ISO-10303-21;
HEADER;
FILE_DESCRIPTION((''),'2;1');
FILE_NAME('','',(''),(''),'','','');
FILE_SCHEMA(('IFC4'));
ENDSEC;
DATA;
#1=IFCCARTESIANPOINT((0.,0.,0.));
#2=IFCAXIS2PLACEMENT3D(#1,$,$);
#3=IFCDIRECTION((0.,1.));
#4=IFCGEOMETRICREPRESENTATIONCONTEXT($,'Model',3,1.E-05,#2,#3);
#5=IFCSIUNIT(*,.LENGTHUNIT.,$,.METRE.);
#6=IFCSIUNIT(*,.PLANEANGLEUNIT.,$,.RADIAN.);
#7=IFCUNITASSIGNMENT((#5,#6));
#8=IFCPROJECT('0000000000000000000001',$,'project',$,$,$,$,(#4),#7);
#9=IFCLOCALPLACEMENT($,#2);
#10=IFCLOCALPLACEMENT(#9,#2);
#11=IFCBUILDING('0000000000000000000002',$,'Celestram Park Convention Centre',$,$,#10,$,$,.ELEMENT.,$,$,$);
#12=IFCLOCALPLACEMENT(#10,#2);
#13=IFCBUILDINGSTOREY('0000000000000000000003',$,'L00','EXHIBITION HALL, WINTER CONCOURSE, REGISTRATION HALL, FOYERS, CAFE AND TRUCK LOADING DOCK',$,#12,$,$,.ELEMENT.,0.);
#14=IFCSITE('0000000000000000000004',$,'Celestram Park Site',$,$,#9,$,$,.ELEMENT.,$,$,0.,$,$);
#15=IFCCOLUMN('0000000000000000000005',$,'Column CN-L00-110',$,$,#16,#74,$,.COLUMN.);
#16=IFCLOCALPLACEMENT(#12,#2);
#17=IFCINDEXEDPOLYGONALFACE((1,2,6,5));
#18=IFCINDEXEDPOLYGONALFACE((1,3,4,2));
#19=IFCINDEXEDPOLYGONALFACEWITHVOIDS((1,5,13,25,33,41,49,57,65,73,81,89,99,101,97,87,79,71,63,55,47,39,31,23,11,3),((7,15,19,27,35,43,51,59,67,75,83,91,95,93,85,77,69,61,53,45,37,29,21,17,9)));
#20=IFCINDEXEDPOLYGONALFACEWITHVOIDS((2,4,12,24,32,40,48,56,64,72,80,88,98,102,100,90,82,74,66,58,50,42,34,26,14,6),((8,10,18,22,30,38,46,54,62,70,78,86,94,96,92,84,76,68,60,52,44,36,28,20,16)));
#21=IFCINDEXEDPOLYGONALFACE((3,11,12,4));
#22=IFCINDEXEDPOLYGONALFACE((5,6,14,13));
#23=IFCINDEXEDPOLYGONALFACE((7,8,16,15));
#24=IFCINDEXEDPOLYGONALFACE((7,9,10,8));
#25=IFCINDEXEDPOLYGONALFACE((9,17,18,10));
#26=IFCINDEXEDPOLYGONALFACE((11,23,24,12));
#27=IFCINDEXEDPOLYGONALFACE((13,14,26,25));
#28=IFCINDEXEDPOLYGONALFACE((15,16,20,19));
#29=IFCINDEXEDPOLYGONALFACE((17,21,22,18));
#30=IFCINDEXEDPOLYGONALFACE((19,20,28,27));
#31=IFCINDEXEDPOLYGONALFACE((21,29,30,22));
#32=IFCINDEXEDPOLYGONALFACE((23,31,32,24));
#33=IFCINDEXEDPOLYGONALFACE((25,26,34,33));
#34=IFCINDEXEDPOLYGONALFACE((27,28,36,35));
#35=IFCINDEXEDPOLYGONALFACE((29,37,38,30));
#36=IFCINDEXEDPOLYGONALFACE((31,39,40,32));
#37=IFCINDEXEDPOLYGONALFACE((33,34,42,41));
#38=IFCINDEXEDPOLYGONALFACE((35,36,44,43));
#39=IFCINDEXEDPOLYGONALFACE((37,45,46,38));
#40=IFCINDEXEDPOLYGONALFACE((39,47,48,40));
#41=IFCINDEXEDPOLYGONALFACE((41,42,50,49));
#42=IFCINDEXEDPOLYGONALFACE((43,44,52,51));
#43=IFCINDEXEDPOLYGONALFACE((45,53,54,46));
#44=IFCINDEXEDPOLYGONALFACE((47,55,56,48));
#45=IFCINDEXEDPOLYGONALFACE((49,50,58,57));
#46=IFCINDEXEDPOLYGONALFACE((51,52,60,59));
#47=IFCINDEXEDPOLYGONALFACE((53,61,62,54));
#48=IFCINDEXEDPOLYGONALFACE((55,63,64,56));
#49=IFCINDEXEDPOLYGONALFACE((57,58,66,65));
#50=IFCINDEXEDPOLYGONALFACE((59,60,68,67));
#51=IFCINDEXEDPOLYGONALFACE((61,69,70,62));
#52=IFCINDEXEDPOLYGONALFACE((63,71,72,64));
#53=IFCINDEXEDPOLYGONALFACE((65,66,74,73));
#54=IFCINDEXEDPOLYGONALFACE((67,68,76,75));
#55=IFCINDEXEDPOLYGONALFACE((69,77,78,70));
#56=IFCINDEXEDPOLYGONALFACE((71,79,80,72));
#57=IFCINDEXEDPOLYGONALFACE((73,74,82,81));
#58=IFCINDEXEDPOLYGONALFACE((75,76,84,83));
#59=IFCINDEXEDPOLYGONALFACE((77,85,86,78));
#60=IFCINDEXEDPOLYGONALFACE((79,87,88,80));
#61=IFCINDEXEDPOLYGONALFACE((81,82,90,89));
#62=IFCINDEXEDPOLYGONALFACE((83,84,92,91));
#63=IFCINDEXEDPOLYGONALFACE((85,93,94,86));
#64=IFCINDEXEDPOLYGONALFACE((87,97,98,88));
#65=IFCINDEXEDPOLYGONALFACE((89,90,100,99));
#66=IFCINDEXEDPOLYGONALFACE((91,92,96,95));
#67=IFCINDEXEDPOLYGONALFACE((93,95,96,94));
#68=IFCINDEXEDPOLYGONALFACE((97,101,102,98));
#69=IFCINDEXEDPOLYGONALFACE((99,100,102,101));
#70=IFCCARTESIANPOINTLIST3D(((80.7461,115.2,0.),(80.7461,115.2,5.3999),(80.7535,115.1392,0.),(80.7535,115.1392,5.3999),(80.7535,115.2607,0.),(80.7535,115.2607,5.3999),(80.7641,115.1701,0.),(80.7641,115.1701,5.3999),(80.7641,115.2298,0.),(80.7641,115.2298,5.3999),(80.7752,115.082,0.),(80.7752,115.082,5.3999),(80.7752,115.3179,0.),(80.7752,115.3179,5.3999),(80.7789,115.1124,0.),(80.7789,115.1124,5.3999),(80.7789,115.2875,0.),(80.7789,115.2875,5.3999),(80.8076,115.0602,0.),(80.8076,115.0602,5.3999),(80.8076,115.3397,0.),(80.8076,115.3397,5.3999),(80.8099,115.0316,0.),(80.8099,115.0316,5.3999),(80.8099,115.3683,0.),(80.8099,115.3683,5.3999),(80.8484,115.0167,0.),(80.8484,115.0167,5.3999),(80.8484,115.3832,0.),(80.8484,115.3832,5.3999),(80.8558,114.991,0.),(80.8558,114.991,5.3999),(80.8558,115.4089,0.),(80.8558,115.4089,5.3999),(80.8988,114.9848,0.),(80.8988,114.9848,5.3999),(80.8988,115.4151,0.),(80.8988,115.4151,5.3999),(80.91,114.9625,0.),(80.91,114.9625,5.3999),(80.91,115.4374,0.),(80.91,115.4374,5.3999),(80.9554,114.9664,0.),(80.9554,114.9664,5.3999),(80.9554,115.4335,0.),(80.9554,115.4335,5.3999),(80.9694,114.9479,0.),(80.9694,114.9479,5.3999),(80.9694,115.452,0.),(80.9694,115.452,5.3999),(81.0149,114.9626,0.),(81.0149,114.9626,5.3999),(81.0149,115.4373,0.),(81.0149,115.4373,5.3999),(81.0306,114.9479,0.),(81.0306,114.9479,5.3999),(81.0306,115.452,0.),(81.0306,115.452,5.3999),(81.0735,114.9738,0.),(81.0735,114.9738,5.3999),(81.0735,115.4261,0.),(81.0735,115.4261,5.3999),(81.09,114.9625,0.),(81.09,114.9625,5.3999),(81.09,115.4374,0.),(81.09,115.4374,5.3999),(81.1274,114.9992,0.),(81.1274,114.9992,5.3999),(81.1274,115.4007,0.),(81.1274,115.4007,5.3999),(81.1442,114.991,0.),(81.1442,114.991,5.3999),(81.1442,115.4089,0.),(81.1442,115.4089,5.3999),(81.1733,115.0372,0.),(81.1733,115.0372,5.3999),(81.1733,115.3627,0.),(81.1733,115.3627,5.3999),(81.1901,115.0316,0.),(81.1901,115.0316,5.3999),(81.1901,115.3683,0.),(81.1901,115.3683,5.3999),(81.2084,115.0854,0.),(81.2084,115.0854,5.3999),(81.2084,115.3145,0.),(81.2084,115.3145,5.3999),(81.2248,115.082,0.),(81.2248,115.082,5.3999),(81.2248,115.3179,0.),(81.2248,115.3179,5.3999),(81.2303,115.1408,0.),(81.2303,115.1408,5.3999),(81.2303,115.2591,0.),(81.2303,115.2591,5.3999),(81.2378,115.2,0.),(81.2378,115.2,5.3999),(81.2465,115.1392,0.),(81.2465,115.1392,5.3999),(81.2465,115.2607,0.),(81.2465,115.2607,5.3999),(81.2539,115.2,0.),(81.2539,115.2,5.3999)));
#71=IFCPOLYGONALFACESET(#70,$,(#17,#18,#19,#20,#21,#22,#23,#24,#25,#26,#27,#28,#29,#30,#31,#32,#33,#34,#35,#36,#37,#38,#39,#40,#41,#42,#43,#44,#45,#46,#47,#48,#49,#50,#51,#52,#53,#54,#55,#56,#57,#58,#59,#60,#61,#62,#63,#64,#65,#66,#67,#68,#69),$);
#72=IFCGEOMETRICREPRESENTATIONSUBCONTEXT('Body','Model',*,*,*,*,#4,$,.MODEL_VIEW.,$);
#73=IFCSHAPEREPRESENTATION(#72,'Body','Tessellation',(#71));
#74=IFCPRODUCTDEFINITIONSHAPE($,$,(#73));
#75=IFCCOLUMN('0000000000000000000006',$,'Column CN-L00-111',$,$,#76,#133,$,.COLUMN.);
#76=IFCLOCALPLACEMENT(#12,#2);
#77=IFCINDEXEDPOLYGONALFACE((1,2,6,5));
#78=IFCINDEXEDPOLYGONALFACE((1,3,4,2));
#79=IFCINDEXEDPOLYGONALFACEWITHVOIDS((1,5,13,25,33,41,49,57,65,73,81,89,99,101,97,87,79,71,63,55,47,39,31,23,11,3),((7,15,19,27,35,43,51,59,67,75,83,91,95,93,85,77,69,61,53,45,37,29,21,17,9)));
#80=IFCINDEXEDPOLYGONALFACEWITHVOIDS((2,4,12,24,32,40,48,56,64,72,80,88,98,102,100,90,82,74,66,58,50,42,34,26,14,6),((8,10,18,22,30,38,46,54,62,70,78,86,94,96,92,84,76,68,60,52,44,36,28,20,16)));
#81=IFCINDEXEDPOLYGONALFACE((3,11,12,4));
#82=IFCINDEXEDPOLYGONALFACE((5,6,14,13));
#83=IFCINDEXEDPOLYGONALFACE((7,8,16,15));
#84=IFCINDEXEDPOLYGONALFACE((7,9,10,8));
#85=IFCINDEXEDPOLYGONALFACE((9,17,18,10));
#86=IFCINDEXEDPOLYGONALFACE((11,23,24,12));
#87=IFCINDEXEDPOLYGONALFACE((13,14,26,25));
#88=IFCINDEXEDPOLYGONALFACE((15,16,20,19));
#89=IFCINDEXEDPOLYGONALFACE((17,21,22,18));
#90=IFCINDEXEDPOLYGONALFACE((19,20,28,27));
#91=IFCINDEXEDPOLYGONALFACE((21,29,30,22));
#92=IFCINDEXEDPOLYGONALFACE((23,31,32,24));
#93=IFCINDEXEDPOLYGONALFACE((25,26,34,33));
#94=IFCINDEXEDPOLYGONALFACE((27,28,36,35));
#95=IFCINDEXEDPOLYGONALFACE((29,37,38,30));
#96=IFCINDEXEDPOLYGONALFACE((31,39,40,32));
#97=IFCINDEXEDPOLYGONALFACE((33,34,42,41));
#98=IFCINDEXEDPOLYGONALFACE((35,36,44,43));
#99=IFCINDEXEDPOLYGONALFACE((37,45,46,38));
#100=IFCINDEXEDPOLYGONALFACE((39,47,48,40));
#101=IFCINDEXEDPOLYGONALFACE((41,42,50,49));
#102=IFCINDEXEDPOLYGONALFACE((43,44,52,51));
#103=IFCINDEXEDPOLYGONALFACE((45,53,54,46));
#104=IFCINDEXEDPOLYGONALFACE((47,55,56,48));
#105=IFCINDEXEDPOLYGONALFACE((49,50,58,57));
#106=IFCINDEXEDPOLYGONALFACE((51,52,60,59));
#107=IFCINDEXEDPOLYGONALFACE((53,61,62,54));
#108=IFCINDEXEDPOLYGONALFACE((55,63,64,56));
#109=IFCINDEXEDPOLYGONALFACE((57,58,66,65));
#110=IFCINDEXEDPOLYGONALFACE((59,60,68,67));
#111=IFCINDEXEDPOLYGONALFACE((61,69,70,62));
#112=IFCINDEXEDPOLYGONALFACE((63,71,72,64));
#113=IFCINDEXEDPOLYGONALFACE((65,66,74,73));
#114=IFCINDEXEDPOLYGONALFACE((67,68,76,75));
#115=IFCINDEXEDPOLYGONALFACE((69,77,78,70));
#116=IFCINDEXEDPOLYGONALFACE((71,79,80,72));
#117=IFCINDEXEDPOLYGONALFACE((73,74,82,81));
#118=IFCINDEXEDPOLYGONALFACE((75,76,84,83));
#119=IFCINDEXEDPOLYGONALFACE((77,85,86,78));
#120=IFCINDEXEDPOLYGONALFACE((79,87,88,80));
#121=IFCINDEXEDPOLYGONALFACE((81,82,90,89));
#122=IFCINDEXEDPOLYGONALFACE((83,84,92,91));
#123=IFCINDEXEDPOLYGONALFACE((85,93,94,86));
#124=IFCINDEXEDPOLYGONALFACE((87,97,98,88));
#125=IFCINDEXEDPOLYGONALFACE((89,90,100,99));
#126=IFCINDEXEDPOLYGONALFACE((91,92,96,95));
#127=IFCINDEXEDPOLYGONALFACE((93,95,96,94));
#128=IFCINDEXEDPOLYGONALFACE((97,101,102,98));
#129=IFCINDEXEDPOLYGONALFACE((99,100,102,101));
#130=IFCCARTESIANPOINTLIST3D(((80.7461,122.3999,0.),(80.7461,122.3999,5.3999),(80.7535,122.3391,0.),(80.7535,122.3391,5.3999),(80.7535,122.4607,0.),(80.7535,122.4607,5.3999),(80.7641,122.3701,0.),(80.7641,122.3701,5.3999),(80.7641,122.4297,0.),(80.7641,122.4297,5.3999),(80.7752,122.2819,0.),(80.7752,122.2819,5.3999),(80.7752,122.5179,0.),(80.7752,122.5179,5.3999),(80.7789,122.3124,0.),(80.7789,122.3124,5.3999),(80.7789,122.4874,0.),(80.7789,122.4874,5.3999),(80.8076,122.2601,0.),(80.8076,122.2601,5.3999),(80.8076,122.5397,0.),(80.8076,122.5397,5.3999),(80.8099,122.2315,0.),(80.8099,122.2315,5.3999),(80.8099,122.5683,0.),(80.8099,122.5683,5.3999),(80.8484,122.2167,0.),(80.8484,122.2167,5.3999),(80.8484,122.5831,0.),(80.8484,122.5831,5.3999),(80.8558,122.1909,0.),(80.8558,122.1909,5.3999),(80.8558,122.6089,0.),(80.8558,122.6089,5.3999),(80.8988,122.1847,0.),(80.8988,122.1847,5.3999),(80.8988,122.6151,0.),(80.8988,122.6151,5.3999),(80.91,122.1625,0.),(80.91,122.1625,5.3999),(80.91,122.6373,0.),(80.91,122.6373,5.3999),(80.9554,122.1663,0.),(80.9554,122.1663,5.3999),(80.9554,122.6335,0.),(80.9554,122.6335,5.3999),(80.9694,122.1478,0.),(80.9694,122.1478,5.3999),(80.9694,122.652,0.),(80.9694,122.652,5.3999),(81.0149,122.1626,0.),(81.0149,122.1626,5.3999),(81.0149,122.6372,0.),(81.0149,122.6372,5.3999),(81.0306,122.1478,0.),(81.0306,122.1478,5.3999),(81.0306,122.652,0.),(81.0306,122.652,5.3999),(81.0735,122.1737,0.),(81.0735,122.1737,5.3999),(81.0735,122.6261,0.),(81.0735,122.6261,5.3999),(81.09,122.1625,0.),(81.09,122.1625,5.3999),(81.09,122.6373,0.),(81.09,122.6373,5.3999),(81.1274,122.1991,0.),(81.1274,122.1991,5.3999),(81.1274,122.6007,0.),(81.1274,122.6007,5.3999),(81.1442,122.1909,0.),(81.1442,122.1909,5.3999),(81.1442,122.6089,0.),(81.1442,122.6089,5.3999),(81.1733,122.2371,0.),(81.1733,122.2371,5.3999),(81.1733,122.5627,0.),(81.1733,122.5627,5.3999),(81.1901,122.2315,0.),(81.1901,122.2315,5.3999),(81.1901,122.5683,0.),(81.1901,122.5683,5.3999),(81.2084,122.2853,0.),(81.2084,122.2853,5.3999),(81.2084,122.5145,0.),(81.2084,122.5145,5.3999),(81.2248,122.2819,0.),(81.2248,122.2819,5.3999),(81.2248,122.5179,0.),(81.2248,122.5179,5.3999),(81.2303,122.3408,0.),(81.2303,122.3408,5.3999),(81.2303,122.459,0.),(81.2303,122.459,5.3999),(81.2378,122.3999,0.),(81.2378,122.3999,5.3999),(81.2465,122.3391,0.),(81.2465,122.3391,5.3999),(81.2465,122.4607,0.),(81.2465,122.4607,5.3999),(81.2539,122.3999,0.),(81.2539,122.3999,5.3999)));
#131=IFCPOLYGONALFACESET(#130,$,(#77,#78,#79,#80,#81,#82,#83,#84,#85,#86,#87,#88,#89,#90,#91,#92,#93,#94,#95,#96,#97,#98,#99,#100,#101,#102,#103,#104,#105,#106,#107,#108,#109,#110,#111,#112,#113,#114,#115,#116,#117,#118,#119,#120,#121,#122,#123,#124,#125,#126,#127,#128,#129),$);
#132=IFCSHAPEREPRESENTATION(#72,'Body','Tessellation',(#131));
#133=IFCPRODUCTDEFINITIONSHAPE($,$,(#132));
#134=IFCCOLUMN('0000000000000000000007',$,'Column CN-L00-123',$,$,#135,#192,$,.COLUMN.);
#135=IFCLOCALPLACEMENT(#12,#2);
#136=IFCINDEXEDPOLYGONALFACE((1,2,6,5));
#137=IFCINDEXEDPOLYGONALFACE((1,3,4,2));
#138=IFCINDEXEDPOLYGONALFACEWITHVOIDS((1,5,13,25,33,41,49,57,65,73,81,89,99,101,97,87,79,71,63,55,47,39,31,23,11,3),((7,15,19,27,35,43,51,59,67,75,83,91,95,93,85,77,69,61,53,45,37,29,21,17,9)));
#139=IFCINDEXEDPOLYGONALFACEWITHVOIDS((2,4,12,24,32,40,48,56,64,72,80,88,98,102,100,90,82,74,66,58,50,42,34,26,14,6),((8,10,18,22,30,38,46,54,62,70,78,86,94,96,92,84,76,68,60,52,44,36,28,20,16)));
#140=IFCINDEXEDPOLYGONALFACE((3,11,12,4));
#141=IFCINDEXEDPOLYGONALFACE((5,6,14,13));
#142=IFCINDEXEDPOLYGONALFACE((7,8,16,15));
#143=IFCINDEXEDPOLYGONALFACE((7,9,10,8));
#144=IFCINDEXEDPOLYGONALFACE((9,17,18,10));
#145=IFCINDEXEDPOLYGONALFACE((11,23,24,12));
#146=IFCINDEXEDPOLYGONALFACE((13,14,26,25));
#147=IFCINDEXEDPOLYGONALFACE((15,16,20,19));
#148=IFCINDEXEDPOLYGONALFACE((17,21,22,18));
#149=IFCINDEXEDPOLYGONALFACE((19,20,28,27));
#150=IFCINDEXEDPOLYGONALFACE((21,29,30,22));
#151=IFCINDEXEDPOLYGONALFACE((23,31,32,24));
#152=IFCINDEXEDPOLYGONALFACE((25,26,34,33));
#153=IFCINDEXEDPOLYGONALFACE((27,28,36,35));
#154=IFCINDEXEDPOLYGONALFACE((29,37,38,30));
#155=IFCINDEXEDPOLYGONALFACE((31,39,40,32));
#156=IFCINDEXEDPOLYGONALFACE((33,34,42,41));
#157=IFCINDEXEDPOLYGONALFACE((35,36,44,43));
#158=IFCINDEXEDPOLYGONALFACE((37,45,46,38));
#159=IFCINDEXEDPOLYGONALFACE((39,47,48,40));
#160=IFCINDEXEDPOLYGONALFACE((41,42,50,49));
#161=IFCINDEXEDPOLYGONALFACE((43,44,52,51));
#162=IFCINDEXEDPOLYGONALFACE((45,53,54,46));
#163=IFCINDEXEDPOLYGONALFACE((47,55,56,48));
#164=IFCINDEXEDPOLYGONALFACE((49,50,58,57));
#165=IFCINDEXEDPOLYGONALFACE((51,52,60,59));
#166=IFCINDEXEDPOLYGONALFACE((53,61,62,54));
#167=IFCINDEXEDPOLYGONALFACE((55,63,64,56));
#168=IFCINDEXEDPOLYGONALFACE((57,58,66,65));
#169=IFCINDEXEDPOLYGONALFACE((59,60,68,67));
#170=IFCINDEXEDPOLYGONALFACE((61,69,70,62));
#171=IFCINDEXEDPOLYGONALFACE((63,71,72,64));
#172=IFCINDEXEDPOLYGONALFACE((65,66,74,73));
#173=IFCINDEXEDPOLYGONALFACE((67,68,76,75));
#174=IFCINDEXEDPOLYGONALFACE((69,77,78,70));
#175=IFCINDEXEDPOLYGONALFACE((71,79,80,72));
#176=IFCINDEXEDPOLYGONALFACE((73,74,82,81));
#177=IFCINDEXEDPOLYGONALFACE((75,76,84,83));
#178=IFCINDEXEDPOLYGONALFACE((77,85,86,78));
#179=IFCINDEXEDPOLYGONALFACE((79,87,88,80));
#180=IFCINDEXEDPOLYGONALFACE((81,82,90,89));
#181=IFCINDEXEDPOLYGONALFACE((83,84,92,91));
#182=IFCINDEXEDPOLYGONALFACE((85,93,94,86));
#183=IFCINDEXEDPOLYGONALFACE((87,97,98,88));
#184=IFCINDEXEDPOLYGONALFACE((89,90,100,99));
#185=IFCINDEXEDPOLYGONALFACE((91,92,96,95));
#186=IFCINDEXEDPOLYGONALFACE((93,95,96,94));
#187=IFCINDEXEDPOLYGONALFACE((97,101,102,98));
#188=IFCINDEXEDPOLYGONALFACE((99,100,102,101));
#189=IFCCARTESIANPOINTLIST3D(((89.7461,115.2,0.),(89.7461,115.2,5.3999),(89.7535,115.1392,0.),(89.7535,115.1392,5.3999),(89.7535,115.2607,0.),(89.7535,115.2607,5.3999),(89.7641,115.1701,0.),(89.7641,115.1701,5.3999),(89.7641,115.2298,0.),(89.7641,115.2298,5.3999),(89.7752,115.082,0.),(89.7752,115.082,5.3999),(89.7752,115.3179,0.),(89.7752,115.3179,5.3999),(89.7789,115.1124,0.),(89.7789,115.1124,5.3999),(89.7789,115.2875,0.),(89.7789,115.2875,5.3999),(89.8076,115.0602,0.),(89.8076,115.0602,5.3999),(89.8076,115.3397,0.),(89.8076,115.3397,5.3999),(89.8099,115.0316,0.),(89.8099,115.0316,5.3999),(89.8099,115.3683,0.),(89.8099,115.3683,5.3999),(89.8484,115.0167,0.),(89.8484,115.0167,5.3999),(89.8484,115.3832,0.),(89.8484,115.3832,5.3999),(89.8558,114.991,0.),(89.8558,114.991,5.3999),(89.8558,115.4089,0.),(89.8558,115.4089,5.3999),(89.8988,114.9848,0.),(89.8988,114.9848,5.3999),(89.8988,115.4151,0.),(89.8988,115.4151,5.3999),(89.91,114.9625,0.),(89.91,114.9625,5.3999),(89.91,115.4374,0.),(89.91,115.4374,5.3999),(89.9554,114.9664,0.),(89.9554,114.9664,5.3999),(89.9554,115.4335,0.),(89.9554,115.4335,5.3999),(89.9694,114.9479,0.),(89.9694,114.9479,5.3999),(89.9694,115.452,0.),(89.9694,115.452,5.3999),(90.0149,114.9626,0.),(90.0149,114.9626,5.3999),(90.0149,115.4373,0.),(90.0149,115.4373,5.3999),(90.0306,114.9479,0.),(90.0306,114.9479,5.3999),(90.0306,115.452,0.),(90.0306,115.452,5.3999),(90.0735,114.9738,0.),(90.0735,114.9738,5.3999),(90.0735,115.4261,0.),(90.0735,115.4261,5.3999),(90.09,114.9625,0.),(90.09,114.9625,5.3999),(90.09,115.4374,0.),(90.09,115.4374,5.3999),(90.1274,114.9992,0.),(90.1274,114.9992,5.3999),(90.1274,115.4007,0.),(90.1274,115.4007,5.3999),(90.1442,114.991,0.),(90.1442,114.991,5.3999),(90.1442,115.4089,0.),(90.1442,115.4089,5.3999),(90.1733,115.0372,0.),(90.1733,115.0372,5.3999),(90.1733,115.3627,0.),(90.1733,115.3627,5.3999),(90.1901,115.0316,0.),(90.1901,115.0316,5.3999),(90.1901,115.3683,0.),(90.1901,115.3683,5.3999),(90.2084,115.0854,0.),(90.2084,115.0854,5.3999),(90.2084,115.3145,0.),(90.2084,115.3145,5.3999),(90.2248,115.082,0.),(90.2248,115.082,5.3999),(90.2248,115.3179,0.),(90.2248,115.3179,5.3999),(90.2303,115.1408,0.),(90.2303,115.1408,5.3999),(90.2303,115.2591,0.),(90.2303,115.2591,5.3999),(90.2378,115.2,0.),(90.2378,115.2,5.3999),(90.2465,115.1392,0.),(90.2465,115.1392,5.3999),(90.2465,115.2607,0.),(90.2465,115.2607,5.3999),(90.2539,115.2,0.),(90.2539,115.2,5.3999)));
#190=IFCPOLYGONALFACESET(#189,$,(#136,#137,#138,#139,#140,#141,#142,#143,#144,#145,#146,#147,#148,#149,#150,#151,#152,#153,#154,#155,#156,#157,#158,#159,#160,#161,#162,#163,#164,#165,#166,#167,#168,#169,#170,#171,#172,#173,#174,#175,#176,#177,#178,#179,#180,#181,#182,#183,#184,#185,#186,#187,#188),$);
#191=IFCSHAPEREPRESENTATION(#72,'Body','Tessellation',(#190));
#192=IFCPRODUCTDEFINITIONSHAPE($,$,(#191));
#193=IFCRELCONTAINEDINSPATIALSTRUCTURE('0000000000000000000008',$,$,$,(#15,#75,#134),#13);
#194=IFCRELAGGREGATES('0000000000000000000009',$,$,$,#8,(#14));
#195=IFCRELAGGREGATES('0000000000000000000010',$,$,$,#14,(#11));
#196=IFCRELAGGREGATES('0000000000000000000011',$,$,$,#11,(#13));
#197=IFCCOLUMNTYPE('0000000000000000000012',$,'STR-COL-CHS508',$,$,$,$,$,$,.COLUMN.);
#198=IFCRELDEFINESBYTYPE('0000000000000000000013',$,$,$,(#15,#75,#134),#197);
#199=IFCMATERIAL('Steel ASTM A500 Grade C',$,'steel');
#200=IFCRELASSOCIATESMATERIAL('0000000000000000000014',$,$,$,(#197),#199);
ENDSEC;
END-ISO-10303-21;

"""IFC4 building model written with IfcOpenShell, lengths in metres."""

from ifc_helpers import new_model, si_unit, direction, frame, origin, origin_2d, place, context, subcontext, project, spatial, hollow_circle, extrude, material, material_profile, profile_set, type_object, element, save


model = new_model("IFC4")

# Units and contexts
model_context = context("Model", 3, precision=1e-05, world=origin(), true_north=direction((0.0, 1.0)))
body_context = subcontext(model_context, "Body", "Model", "MODEL_VIEW")
ifc_project = project(units=[si_unit("LENGTHUNIT", "METRE"), si_unit("PLANEANGLEUNIT", "RADIAN")], contexts=[model_context])

# Site, building, storey
site_placement = place(None, origin())
site = spatial("IfcSite", under=ifc_project, at=site_placement, Name="Celestram Park Site", CompositionType="ELEMENT", RefElevation=0.0)
building_placement = place(site_placement, origin())
building = spatial("IfcBuilding", under=site, at=building_placement, Name="Celestram Park Convention Centre", CompositionType="ELEMENT")
storey_placement = place(building_placement, origin())
storey = spatial("IfcBuildingStorey", under=building, at=storey_placement, Name="L00", Description="EXHIBITION HALL, WINTER CONCOURSE, REGISTRATION HALL, FOYERS, CAFE AND TRUCK LOADING DOCK", CompositionType="ELEMENT", Elevation=0.0)

# Columns
ifc_material_1 = material(Name="Steel ASTM A500 Grade C", Category="steel")
ifc_material_profile_1 = material_profile(ifc_material_1, hollow_circle(Radius=0.2539, WallThickness=0.0161, at=origin_2d()), Name="CHS508X16")
ifc_profile_set_1 = profile_set([ifc_material_profile_1], Name="Steel ASTM A500 Grade C")
column_type_1 = type_object("IfcColumnType", Name="STR-COL-CHS508", PredefinedType="COLUMN", material=ifc_profile_set_1)
for number, where, z_axis, x_axis, name in (
    (1, (81.0, 115.2, 0.0), (0.0, 0.0, 1.0), (1.0, 0.0, 0.0), "Column CN-L00-110"),
    (2, (81.0, 122.3999, 0.0), (0.0, 0.0, 1.0), (1.0, 0.0, 0.0), "Column CN-L00-111"),
    (3, (90.0, 115.2, 0.0), (0.0, 0.0, 1.0), (1.0, 0.0, 0.0), "Column CN-L00-123"),
):
    element("IfcColumn", number, at=place(storey_placement, frame(where, z_axis=z_axis, x_axis=x_axis)), inside=storey, type_object=column_type_1, Name=name, PredefinedType="COLUMN", context=body_context, shape_type="SweptSolid", body=[
        extrude(hollow_circle(Radius=0.2539, WallThickness=0.0161, at=origin_2d()), origin(), (0.0, 0.0, 1.0), 5.3999),
    ])

save(model, "model.ifc")
